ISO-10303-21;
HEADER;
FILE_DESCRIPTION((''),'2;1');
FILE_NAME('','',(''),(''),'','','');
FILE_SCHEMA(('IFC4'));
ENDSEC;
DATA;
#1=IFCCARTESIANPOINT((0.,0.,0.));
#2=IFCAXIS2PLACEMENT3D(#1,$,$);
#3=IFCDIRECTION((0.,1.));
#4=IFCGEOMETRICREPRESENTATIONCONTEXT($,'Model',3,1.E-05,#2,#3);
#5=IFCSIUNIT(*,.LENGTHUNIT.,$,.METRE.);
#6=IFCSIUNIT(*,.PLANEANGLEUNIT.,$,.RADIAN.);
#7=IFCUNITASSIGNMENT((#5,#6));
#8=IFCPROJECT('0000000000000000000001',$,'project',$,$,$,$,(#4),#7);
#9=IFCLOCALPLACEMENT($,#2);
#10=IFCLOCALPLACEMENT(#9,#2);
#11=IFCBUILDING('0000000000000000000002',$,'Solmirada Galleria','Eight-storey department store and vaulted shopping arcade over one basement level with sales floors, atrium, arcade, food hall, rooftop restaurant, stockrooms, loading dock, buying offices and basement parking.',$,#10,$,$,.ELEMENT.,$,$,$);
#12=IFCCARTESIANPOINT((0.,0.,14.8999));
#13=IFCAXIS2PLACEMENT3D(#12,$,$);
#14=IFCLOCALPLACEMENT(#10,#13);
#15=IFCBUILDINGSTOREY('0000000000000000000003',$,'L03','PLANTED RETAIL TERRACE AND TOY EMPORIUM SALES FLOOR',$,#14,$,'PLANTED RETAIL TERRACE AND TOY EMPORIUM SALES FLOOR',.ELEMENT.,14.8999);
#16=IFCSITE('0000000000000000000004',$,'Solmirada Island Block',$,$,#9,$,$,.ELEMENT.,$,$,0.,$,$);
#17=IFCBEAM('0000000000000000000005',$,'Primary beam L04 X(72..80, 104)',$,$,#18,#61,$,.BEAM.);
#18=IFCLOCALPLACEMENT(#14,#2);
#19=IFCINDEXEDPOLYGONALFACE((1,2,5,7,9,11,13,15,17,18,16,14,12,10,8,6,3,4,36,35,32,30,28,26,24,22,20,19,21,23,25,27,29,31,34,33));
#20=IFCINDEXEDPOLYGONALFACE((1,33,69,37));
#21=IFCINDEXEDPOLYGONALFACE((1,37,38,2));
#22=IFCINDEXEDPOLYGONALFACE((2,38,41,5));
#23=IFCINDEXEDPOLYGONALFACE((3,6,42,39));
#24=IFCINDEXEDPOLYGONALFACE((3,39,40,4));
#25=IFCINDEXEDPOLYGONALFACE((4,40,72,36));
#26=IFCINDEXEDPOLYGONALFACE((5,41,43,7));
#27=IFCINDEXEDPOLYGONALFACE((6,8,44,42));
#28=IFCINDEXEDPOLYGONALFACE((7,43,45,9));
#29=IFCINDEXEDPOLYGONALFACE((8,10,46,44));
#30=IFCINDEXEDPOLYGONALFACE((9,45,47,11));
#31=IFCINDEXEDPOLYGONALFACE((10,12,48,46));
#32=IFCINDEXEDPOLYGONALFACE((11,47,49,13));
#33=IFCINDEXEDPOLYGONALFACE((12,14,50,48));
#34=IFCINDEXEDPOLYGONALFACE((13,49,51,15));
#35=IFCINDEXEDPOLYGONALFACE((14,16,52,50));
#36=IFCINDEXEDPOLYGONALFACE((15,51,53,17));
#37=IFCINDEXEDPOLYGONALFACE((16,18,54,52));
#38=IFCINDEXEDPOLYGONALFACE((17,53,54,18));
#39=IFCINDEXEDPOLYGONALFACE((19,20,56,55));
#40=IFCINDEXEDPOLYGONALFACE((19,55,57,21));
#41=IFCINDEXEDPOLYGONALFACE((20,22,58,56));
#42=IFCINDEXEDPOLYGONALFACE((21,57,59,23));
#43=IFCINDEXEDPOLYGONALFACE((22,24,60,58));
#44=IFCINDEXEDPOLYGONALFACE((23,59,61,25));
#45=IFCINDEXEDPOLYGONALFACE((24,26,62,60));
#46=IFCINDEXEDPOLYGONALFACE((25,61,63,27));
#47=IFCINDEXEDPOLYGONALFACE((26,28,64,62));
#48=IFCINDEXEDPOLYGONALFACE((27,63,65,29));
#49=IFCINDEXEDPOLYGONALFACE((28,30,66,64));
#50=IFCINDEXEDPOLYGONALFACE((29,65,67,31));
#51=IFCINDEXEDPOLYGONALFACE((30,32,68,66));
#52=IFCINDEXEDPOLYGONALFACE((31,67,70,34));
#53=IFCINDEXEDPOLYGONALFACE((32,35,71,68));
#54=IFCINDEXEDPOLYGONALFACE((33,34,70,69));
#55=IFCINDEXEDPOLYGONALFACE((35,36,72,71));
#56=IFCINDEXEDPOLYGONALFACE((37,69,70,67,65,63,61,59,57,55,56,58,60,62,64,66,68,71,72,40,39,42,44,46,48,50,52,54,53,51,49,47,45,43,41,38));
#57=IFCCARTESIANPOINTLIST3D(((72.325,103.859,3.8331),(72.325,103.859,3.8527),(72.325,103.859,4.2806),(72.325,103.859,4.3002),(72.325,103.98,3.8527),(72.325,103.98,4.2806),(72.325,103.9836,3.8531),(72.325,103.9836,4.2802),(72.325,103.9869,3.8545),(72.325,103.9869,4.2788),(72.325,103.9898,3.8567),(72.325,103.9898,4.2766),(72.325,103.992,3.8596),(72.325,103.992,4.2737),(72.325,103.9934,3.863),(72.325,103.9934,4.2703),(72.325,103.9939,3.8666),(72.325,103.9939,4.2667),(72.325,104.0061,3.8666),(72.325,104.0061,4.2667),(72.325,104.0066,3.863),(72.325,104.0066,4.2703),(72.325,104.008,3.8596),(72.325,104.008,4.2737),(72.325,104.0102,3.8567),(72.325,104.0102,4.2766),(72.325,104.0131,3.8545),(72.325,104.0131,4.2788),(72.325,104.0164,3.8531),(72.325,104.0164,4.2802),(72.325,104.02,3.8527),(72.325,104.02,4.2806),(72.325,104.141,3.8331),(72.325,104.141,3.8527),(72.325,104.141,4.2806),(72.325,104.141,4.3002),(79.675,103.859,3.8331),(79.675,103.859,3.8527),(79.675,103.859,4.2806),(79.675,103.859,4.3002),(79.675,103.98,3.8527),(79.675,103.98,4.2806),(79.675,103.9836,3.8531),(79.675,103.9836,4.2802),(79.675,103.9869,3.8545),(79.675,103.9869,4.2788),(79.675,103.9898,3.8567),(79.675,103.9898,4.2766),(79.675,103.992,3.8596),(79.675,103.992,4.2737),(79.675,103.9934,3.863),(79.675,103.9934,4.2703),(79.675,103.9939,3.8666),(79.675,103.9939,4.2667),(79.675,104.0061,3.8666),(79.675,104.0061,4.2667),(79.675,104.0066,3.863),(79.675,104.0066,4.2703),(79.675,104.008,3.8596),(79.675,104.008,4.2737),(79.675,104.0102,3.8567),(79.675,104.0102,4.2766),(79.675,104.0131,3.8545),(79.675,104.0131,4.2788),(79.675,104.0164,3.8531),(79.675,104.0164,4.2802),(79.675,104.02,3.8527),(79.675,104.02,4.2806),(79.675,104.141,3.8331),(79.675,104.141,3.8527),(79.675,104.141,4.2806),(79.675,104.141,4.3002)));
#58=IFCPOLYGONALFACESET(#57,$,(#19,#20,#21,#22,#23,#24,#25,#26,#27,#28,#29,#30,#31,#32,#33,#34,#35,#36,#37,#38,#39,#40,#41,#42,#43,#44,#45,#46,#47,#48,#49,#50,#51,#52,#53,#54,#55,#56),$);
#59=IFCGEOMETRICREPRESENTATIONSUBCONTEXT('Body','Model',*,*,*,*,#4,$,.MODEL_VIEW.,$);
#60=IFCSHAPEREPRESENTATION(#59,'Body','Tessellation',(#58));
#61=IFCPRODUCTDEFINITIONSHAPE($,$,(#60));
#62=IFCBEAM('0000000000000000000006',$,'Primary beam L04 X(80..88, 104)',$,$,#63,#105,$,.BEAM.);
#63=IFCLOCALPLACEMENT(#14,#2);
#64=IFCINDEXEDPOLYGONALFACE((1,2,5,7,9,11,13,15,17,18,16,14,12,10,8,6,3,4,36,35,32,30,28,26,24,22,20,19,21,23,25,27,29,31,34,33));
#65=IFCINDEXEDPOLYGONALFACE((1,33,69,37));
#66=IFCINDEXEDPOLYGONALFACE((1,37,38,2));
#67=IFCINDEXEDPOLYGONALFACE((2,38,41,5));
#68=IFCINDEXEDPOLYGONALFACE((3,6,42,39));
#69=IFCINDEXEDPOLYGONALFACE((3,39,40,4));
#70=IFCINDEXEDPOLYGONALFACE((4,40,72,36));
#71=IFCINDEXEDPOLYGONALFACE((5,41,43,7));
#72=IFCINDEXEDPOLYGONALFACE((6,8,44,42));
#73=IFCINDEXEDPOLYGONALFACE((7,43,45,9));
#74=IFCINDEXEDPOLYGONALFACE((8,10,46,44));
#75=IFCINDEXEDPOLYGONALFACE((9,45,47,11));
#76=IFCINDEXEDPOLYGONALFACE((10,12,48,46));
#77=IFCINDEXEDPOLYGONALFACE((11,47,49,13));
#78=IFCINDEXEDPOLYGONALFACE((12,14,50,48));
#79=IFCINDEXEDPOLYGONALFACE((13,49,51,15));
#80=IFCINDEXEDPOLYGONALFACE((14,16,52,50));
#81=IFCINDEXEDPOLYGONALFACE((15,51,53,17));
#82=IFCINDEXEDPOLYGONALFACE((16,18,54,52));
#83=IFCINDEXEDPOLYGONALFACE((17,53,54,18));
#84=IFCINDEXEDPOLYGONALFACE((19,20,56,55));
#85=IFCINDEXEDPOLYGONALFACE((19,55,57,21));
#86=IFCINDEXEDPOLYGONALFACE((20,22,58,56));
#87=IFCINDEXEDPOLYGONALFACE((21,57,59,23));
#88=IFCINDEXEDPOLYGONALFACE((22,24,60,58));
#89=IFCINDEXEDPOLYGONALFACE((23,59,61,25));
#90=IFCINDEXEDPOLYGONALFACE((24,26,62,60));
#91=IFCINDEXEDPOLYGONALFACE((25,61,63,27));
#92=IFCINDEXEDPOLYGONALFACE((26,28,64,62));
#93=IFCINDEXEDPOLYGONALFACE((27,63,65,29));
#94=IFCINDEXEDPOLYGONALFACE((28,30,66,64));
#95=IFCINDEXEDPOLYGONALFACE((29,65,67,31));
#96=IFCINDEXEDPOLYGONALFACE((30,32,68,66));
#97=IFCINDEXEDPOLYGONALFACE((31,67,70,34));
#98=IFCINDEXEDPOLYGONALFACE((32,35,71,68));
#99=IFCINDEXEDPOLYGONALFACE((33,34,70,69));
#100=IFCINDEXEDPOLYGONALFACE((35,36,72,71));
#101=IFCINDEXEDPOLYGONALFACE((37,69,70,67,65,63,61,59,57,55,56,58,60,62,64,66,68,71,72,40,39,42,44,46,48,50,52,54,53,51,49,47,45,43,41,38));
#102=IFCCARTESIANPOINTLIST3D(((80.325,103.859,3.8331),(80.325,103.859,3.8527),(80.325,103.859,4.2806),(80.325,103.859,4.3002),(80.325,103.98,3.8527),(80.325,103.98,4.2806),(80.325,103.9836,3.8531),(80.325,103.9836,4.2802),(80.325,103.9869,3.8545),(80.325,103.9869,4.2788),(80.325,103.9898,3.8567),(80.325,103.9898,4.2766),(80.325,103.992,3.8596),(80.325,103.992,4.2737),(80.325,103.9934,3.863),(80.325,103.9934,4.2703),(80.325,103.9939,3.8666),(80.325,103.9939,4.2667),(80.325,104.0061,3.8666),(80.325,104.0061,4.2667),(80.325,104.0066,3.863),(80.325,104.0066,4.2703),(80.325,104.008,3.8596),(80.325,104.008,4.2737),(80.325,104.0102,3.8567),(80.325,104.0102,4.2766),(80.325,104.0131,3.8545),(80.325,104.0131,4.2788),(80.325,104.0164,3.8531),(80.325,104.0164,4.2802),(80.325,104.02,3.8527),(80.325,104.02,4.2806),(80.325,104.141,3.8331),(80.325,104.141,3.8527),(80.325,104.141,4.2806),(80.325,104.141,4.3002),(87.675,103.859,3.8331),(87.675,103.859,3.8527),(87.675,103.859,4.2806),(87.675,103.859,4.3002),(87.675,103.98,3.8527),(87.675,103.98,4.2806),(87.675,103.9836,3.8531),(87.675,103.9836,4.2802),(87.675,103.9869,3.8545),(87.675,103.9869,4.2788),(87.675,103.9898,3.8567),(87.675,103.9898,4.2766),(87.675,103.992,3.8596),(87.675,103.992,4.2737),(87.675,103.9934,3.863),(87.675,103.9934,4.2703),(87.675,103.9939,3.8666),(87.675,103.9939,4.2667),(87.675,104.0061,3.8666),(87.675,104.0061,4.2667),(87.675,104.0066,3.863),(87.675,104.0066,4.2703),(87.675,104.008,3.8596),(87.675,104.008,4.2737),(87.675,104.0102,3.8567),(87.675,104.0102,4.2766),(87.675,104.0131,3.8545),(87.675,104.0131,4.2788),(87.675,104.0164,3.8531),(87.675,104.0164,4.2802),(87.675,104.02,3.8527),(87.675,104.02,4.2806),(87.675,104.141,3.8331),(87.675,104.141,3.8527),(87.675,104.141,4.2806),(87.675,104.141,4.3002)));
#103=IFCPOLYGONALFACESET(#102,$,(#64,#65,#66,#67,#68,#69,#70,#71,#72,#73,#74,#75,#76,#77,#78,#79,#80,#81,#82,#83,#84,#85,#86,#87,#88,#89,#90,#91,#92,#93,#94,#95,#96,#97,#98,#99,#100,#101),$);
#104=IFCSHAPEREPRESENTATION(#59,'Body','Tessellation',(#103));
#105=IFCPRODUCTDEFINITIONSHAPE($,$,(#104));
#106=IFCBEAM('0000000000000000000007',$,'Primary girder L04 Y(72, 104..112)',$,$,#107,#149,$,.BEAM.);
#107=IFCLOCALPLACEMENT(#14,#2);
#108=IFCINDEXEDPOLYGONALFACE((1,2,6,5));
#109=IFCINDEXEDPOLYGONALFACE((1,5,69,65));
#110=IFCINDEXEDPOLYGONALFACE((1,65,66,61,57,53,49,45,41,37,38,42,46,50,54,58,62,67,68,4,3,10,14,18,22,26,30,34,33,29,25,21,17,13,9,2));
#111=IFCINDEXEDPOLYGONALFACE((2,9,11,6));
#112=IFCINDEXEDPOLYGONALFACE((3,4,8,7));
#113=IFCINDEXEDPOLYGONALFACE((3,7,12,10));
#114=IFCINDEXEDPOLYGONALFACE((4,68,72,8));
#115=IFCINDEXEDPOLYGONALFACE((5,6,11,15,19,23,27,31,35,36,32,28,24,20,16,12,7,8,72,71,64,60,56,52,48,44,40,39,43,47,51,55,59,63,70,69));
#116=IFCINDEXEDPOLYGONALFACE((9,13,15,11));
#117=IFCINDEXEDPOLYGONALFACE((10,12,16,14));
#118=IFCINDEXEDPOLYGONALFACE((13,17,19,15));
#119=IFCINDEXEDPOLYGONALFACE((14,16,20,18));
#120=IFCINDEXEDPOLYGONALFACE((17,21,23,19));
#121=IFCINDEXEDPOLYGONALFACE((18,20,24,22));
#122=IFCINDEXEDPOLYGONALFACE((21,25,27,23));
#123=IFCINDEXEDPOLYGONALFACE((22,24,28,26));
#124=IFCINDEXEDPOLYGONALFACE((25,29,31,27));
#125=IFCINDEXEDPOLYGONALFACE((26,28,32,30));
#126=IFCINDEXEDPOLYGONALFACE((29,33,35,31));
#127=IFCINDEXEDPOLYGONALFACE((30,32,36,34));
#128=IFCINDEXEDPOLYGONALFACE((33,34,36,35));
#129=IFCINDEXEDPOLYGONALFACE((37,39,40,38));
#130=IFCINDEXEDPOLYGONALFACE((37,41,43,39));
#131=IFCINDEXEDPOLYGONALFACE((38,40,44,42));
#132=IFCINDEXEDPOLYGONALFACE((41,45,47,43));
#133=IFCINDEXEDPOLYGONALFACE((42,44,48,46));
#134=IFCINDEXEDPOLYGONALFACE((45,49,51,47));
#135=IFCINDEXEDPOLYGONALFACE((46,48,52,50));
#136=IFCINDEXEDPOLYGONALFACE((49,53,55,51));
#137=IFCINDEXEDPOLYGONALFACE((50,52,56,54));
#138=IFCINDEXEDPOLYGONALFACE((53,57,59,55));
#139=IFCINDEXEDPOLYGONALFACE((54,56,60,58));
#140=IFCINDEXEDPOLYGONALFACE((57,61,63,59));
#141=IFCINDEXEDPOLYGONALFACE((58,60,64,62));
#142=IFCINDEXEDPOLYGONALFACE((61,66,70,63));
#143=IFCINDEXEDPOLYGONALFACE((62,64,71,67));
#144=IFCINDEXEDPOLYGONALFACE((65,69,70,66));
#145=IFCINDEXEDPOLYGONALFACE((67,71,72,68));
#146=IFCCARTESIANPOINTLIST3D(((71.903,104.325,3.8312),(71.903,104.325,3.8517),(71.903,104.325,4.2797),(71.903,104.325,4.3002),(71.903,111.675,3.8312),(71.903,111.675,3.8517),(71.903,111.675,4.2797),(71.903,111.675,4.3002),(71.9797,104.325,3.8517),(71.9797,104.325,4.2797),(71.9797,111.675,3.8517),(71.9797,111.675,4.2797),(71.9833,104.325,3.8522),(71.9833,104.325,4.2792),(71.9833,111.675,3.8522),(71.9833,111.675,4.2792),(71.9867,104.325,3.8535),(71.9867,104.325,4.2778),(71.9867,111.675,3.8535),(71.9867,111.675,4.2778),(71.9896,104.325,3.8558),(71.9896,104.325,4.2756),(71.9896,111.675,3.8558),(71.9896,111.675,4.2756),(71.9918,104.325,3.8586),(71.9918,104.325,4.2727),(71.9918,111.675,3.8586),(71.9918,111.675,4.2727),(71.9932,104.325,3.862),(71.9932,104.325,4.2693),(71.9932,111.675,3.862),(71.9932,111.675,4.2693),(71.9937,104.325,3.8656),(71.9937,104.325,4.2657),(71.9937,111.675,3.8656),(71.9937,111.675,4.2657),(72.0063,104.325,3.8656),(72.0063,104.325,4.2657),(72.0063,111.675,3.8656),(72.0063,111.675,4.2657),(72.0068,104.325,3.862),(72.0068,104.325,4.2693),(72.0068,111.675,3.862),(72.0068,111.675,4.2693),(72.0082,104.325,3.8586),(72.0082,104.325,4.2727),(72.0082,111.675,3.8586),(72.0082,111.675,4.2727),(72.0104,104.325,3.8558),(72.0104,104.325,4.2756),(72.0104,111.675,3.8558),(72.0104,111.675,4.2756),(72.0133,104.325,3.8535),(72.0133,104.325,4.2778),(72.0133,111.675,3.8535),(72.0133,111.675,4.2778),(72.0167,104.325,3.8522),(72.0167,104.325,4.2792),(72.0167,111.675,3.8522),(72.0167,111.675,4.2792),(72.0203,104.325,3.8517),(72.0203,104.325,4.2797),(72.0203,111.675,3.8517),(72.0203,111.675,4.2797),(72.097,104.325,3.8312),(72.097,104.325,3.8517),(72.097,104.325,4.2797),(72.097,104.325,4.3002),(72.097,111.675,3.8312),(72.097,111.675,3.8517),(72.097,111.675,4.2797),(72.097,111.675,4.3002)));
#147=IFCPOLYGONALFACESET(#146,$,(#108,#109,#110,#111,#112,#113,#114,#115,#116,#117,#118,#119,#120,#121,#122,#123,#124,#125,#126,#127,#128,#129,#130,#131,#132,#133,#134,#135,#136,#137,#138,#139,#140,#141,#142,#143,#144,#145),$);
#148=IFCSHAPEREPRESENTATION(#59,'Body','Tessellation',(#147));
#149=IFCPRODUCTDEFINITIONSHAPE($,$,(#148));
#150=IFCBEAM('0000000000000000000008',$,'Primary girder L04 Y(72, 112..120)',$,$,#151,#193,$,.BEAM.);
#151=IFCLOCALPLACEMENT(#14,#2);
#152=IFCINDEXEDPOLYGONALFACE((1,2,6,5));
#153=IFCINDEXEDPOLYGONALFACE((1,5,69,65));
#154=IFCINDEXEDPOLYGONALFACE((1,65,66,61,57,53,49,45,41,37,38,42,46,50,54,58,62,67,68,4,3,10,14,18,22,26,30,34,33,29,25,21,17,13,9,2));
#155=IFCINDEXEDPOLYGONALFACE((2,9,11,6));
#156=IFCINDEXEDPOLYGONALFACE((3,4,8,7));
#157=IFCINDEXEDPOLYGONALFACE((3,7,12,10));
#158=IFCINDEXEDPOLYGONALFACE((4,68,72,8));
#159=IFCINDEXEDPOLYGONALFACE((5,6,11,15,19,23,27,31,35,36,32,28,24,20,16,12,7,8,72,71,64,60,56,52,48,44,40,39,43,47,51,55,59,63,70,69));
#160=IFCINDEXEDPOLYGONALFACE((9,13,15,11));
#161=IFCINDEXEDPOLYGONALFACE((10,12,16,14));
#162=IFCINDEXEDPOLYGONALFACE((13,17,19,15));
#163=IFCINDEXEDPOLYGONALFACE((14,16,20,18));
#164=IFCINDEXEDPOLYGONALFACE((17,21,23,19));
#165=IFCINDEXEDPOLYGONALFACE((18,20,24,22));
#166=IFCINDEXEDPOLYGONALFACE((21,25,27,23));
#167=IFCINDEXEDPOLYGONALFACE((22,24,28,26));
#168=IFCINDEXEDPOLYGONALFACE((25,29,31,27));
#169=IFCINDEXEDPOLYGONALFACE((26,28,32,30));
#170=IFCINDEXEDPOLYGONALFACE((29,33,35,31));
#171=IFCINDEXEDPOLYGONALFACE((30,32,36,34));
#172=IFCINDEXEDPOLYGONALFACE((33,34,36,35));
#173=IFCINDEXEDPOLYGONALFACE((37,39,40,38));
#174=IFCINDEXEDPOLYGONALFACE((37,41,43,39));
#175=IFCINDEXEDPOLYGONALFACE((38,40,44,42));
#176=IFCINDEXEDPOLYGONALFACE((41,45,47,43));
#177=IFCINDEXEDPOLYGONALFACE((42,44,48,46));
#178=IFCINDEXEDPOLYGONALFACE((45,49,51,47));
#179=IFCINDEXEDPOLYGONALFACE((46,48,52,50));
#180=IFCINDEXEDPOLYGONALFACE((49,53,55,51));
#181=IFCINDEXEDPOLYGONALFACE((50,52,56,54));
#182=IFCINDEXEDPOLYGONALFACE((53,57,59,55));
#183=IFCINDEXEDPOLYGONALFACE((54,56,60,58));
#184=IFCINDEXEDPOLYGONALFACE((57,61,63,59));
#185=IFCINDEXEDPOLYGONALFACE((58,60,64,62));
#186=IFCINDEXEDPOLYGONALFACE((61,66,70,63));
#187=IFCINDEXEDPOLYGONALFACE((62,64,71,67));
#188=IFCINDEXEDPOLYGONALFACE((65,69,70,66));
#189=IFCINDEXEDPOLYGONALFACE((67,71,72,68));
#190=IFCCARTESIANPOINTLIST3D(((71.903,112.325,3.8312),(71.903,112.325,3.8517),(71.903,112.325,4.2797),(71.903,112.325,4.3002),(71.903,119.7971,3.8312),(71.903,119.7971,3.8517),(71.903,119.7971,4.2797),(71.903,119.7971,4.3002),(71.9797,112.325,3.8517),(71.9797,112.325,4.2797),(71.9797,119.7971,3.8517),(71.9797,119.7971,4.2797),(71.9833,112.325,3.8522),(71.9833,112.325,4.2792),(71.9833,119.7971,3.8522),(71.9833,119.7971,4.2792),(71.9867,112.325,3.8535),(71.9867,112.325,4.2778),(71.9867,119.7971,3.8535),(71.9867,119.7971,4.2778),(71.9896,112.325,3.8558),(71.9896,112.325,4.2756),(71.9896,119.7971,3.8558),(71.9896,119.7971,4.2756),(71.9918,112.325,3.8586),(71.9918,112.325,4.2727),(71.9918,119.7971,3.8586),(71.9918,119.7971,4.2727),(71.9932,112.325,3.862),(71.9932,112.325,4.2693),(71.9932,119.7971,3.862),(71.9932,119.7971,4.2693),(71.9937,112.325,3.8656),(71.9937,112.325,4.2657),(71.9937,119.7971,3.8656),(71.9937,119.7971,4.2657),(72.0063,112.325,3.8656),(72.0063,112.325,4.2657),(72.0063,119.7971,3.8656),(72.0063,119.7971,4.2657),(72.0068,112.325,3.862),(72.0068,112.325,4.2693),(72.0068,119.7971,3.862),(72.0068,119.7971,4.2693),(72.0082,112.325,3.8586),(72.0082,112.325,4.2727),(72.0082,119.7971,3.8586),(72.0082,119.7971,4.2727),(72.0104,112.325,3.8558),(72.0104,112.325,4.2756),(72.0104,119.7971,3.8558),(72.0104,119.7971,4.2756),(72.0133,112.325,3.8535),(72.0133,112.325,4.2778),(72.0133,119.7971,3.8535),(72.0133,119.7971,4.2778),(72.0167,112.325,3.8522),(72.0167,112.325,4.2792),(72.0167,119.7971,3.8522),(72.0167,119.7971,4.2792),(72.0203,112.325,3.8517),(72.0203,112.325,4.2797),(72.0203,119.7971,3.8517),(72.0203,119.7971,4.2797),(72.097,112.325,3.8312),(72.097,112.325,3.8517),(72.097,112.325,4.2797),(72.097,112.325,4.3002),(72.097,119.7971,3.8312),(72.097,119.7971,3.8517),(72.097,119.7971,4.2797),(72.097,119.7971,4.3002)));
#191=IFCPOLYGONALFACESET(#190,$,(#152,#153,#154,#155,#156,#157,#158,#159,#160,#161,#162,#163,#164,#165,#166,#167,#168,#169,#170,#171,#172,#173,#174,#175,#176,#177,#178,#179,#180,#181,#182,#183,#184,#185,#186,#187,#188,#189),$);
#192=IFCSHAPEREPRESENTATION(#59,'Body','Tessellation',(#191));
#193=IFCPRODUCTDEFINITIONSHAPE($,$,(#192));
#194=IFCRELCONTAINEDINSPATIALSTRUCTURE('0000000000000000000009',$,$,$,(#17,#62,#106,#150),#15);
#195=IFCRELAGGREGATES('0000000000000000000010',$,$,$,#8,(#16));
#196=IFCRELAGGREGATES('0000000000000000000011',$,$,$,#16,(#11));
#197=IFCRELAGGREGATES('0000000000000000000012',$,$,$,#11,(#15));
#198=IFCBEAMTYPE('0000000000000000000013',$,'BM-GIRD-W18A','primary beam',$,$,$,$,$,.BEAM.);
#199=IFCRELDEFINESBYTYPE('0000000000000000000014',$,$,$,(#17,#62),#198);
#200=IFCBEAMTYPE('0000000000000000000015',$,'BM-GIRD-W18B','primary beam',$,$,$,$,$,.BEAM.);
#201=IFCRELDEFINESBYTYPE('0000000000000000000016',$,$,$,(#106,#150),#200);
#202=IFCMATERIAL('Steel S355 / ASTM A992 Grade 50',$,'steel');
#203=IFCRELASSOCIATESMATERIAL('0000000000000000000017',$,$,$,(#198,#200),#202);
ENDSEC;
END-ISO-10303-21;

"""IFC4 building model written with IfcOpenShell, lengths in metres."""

from ifc_helpers import new_model, si_unit, direction, frame, origin, origin_2d, place, context, subcontext, project, spatial, i_section, extrude, material, material_profile, profile_set, type_object, element, save


model = new_model("IFC4")

# Units and contexts
model_context = context("Model", 3, precision=1e-05, world=origin(), true_north=direction((0.0, 1.0)))
body_context = subcontext(model_context, "Body", "Model", "MODEL_VIEW")
ifc_project = project(units=[si_unit("LENGTHUNIT", "METRE"), si_unit("PLANEANGLEUNIT", "RADIAN")], contexts=[model_context])

# Site, building, storey
site_placement = place(None, origin())
site = spatial("IfcSite", under=ifc_project, at=site_placement, Name="Solmirada Island Block", CompositionType="ELEMENT", RefElevation=0.0)
building_placement = place(site_placement, origin())
building = spatial("IfcBuilding", under=site, at=building_placement, Name="Solmirada Galleria", Description="Eight-storey department store and vaulted shopping arcade over one basement level with sales floors, atrium, arcade, food hall, rooftop restaurant, stockrooms, loading dock, buying offices and basement parking.", CompositionType="ELEMENT")
storey_placement = place(building_placement, frame((0.0, 0.0, 14.8999)))
storey = spatial("IfcBuildingStorey", under=building, at=storey_placement, Name="L03", Description="PLANTED RETAIL TERRACE AND TOY EMPORIUM SALES FLOOR", LongName="PLANTED RETAIL TERRACE AND TOY EMPORIUM SALES FLOOR", CompositionType="ELEMENT", Elevation=14.8999)

# Beams
ifc_material_1 = material(Name="Steel S355 / ASTM A992 Grade 50", Category="steel")
ifc_material_profile_1 = material_profile(ifc_material_1, i_section(OverallWidth=0.282, OverallDepth=0.467, WebThickness=0.0122, FlangeThickness=0.0195, FilletRadius=0.0139, at=origin_2d()), Name="W18X86")
ifc_profile_set_1 = profile_set([ifc_material_profile_1], Name="Steel S355 / ASTM A992 Grade 50")
beam_type_1 = type_object("IfcBeamType", Name="BM-GIRD-W18A", Description="primary beam", PredefinedType="BEAM", material=ifc_profile_set_1)
for number, where, z_axis, x_axis, name in (
    (1, (72.325, 104.0, 4.0667), (1.0, 0.0, 0.0), (0.0, 1.0, 0.0), "Primary beam L04 X(72..80, 104)"),
    (2, (80.325, 104.0, 4.0667), (1.0, 0.0, 0.0), (0.0, 1.0, 0.0), "Primary beam L04 X(80..88, 104)"),
):
    element("IfcBeam", number, at=place(storey_placement, frame(where, z_axis=z_axis, x_axis=x_axis)), inside=storey, type_object=beam_type_1, Name=name, PredefinedType="BEAM", context=body_context, shape_type="SweptSolid", body=[
        extrude(i_section(OverallWidth=0.282, OverallDepth=0.467, WebThickness=0.0122, FlangeThickness=0.0195, FilletRadius=0.0139, at=origin_2d()), origin(), (0.0, 0.0, 1.0), 7.3501),
    ])
ifc_material_profile_2 = material_profile(ifc_material_1, i_section(OverallWidth=0.1941, OverallDepth=0.469, WebThickness=0.0127, FlangeThickness=0.0205, FilletRadius=0.0139, at=origin_2d()), Name="W18X71")
ifc_profile_set_2 = profile_set([ifc_material_profile_2], Name="Steel S355 / ASTM A992 Grade 50")
beam_type_2 = type_object("IfcBeamType", Name="BM-GIRD-W18B", Description="primary beam", PredefinedType="BEAM", material=ifc_profile_set_2)
beam_1_placement = place(storey_placement, frame((72.0, 104.325, 4.0657), z_axis=(0.0, 1.0, 0.0), x_axis=(-1.0, 0.0, 0.0)))
element("IfcBeam", 3, at=beam_1_placement, inside=storey, type_object=beam_type_2, Name="Primary girder L04 Y(72, 104..112)", PredefinedType="BEAM", context=body_context, shape_type="SweptSolid", body=[
    extrude(i_section(OverallWidth=0.1941, OverallDepth=0.469, WebThickness=0.0127, FlangeThickness=0.0205, FilletRadius=0.0139, at=origin_2d()), origin(), (0.0, 0.0, 1.0), 7.3501),
])
beam_2_placement = place(storey_placement, frame((72.0, 112.325, 4.0657), z_axis=(0.0, 1.0, 0.0), x_axis=(-1.0, 0.0, 0.0)))
element("IfcBeam", 4, at=beam_2_placement, inside=storey, type_object=beam_type_2, Name="Primary girder L04 Y(72, 112..120)", PredefinedType="BEAM", context=body_context, shape_type="SweptSolid", body=[
    extrude(i_section(OverallWidth=0.1941, OverallDepth=0.469, WebThickness=0.0127, FlangeThickness=0.0205, FilletRadius=0.0139, at=origin_2d()), origin(), (0.0, 0.0, 1.0), 7.4722),
])

save(model, "model.ifc")
